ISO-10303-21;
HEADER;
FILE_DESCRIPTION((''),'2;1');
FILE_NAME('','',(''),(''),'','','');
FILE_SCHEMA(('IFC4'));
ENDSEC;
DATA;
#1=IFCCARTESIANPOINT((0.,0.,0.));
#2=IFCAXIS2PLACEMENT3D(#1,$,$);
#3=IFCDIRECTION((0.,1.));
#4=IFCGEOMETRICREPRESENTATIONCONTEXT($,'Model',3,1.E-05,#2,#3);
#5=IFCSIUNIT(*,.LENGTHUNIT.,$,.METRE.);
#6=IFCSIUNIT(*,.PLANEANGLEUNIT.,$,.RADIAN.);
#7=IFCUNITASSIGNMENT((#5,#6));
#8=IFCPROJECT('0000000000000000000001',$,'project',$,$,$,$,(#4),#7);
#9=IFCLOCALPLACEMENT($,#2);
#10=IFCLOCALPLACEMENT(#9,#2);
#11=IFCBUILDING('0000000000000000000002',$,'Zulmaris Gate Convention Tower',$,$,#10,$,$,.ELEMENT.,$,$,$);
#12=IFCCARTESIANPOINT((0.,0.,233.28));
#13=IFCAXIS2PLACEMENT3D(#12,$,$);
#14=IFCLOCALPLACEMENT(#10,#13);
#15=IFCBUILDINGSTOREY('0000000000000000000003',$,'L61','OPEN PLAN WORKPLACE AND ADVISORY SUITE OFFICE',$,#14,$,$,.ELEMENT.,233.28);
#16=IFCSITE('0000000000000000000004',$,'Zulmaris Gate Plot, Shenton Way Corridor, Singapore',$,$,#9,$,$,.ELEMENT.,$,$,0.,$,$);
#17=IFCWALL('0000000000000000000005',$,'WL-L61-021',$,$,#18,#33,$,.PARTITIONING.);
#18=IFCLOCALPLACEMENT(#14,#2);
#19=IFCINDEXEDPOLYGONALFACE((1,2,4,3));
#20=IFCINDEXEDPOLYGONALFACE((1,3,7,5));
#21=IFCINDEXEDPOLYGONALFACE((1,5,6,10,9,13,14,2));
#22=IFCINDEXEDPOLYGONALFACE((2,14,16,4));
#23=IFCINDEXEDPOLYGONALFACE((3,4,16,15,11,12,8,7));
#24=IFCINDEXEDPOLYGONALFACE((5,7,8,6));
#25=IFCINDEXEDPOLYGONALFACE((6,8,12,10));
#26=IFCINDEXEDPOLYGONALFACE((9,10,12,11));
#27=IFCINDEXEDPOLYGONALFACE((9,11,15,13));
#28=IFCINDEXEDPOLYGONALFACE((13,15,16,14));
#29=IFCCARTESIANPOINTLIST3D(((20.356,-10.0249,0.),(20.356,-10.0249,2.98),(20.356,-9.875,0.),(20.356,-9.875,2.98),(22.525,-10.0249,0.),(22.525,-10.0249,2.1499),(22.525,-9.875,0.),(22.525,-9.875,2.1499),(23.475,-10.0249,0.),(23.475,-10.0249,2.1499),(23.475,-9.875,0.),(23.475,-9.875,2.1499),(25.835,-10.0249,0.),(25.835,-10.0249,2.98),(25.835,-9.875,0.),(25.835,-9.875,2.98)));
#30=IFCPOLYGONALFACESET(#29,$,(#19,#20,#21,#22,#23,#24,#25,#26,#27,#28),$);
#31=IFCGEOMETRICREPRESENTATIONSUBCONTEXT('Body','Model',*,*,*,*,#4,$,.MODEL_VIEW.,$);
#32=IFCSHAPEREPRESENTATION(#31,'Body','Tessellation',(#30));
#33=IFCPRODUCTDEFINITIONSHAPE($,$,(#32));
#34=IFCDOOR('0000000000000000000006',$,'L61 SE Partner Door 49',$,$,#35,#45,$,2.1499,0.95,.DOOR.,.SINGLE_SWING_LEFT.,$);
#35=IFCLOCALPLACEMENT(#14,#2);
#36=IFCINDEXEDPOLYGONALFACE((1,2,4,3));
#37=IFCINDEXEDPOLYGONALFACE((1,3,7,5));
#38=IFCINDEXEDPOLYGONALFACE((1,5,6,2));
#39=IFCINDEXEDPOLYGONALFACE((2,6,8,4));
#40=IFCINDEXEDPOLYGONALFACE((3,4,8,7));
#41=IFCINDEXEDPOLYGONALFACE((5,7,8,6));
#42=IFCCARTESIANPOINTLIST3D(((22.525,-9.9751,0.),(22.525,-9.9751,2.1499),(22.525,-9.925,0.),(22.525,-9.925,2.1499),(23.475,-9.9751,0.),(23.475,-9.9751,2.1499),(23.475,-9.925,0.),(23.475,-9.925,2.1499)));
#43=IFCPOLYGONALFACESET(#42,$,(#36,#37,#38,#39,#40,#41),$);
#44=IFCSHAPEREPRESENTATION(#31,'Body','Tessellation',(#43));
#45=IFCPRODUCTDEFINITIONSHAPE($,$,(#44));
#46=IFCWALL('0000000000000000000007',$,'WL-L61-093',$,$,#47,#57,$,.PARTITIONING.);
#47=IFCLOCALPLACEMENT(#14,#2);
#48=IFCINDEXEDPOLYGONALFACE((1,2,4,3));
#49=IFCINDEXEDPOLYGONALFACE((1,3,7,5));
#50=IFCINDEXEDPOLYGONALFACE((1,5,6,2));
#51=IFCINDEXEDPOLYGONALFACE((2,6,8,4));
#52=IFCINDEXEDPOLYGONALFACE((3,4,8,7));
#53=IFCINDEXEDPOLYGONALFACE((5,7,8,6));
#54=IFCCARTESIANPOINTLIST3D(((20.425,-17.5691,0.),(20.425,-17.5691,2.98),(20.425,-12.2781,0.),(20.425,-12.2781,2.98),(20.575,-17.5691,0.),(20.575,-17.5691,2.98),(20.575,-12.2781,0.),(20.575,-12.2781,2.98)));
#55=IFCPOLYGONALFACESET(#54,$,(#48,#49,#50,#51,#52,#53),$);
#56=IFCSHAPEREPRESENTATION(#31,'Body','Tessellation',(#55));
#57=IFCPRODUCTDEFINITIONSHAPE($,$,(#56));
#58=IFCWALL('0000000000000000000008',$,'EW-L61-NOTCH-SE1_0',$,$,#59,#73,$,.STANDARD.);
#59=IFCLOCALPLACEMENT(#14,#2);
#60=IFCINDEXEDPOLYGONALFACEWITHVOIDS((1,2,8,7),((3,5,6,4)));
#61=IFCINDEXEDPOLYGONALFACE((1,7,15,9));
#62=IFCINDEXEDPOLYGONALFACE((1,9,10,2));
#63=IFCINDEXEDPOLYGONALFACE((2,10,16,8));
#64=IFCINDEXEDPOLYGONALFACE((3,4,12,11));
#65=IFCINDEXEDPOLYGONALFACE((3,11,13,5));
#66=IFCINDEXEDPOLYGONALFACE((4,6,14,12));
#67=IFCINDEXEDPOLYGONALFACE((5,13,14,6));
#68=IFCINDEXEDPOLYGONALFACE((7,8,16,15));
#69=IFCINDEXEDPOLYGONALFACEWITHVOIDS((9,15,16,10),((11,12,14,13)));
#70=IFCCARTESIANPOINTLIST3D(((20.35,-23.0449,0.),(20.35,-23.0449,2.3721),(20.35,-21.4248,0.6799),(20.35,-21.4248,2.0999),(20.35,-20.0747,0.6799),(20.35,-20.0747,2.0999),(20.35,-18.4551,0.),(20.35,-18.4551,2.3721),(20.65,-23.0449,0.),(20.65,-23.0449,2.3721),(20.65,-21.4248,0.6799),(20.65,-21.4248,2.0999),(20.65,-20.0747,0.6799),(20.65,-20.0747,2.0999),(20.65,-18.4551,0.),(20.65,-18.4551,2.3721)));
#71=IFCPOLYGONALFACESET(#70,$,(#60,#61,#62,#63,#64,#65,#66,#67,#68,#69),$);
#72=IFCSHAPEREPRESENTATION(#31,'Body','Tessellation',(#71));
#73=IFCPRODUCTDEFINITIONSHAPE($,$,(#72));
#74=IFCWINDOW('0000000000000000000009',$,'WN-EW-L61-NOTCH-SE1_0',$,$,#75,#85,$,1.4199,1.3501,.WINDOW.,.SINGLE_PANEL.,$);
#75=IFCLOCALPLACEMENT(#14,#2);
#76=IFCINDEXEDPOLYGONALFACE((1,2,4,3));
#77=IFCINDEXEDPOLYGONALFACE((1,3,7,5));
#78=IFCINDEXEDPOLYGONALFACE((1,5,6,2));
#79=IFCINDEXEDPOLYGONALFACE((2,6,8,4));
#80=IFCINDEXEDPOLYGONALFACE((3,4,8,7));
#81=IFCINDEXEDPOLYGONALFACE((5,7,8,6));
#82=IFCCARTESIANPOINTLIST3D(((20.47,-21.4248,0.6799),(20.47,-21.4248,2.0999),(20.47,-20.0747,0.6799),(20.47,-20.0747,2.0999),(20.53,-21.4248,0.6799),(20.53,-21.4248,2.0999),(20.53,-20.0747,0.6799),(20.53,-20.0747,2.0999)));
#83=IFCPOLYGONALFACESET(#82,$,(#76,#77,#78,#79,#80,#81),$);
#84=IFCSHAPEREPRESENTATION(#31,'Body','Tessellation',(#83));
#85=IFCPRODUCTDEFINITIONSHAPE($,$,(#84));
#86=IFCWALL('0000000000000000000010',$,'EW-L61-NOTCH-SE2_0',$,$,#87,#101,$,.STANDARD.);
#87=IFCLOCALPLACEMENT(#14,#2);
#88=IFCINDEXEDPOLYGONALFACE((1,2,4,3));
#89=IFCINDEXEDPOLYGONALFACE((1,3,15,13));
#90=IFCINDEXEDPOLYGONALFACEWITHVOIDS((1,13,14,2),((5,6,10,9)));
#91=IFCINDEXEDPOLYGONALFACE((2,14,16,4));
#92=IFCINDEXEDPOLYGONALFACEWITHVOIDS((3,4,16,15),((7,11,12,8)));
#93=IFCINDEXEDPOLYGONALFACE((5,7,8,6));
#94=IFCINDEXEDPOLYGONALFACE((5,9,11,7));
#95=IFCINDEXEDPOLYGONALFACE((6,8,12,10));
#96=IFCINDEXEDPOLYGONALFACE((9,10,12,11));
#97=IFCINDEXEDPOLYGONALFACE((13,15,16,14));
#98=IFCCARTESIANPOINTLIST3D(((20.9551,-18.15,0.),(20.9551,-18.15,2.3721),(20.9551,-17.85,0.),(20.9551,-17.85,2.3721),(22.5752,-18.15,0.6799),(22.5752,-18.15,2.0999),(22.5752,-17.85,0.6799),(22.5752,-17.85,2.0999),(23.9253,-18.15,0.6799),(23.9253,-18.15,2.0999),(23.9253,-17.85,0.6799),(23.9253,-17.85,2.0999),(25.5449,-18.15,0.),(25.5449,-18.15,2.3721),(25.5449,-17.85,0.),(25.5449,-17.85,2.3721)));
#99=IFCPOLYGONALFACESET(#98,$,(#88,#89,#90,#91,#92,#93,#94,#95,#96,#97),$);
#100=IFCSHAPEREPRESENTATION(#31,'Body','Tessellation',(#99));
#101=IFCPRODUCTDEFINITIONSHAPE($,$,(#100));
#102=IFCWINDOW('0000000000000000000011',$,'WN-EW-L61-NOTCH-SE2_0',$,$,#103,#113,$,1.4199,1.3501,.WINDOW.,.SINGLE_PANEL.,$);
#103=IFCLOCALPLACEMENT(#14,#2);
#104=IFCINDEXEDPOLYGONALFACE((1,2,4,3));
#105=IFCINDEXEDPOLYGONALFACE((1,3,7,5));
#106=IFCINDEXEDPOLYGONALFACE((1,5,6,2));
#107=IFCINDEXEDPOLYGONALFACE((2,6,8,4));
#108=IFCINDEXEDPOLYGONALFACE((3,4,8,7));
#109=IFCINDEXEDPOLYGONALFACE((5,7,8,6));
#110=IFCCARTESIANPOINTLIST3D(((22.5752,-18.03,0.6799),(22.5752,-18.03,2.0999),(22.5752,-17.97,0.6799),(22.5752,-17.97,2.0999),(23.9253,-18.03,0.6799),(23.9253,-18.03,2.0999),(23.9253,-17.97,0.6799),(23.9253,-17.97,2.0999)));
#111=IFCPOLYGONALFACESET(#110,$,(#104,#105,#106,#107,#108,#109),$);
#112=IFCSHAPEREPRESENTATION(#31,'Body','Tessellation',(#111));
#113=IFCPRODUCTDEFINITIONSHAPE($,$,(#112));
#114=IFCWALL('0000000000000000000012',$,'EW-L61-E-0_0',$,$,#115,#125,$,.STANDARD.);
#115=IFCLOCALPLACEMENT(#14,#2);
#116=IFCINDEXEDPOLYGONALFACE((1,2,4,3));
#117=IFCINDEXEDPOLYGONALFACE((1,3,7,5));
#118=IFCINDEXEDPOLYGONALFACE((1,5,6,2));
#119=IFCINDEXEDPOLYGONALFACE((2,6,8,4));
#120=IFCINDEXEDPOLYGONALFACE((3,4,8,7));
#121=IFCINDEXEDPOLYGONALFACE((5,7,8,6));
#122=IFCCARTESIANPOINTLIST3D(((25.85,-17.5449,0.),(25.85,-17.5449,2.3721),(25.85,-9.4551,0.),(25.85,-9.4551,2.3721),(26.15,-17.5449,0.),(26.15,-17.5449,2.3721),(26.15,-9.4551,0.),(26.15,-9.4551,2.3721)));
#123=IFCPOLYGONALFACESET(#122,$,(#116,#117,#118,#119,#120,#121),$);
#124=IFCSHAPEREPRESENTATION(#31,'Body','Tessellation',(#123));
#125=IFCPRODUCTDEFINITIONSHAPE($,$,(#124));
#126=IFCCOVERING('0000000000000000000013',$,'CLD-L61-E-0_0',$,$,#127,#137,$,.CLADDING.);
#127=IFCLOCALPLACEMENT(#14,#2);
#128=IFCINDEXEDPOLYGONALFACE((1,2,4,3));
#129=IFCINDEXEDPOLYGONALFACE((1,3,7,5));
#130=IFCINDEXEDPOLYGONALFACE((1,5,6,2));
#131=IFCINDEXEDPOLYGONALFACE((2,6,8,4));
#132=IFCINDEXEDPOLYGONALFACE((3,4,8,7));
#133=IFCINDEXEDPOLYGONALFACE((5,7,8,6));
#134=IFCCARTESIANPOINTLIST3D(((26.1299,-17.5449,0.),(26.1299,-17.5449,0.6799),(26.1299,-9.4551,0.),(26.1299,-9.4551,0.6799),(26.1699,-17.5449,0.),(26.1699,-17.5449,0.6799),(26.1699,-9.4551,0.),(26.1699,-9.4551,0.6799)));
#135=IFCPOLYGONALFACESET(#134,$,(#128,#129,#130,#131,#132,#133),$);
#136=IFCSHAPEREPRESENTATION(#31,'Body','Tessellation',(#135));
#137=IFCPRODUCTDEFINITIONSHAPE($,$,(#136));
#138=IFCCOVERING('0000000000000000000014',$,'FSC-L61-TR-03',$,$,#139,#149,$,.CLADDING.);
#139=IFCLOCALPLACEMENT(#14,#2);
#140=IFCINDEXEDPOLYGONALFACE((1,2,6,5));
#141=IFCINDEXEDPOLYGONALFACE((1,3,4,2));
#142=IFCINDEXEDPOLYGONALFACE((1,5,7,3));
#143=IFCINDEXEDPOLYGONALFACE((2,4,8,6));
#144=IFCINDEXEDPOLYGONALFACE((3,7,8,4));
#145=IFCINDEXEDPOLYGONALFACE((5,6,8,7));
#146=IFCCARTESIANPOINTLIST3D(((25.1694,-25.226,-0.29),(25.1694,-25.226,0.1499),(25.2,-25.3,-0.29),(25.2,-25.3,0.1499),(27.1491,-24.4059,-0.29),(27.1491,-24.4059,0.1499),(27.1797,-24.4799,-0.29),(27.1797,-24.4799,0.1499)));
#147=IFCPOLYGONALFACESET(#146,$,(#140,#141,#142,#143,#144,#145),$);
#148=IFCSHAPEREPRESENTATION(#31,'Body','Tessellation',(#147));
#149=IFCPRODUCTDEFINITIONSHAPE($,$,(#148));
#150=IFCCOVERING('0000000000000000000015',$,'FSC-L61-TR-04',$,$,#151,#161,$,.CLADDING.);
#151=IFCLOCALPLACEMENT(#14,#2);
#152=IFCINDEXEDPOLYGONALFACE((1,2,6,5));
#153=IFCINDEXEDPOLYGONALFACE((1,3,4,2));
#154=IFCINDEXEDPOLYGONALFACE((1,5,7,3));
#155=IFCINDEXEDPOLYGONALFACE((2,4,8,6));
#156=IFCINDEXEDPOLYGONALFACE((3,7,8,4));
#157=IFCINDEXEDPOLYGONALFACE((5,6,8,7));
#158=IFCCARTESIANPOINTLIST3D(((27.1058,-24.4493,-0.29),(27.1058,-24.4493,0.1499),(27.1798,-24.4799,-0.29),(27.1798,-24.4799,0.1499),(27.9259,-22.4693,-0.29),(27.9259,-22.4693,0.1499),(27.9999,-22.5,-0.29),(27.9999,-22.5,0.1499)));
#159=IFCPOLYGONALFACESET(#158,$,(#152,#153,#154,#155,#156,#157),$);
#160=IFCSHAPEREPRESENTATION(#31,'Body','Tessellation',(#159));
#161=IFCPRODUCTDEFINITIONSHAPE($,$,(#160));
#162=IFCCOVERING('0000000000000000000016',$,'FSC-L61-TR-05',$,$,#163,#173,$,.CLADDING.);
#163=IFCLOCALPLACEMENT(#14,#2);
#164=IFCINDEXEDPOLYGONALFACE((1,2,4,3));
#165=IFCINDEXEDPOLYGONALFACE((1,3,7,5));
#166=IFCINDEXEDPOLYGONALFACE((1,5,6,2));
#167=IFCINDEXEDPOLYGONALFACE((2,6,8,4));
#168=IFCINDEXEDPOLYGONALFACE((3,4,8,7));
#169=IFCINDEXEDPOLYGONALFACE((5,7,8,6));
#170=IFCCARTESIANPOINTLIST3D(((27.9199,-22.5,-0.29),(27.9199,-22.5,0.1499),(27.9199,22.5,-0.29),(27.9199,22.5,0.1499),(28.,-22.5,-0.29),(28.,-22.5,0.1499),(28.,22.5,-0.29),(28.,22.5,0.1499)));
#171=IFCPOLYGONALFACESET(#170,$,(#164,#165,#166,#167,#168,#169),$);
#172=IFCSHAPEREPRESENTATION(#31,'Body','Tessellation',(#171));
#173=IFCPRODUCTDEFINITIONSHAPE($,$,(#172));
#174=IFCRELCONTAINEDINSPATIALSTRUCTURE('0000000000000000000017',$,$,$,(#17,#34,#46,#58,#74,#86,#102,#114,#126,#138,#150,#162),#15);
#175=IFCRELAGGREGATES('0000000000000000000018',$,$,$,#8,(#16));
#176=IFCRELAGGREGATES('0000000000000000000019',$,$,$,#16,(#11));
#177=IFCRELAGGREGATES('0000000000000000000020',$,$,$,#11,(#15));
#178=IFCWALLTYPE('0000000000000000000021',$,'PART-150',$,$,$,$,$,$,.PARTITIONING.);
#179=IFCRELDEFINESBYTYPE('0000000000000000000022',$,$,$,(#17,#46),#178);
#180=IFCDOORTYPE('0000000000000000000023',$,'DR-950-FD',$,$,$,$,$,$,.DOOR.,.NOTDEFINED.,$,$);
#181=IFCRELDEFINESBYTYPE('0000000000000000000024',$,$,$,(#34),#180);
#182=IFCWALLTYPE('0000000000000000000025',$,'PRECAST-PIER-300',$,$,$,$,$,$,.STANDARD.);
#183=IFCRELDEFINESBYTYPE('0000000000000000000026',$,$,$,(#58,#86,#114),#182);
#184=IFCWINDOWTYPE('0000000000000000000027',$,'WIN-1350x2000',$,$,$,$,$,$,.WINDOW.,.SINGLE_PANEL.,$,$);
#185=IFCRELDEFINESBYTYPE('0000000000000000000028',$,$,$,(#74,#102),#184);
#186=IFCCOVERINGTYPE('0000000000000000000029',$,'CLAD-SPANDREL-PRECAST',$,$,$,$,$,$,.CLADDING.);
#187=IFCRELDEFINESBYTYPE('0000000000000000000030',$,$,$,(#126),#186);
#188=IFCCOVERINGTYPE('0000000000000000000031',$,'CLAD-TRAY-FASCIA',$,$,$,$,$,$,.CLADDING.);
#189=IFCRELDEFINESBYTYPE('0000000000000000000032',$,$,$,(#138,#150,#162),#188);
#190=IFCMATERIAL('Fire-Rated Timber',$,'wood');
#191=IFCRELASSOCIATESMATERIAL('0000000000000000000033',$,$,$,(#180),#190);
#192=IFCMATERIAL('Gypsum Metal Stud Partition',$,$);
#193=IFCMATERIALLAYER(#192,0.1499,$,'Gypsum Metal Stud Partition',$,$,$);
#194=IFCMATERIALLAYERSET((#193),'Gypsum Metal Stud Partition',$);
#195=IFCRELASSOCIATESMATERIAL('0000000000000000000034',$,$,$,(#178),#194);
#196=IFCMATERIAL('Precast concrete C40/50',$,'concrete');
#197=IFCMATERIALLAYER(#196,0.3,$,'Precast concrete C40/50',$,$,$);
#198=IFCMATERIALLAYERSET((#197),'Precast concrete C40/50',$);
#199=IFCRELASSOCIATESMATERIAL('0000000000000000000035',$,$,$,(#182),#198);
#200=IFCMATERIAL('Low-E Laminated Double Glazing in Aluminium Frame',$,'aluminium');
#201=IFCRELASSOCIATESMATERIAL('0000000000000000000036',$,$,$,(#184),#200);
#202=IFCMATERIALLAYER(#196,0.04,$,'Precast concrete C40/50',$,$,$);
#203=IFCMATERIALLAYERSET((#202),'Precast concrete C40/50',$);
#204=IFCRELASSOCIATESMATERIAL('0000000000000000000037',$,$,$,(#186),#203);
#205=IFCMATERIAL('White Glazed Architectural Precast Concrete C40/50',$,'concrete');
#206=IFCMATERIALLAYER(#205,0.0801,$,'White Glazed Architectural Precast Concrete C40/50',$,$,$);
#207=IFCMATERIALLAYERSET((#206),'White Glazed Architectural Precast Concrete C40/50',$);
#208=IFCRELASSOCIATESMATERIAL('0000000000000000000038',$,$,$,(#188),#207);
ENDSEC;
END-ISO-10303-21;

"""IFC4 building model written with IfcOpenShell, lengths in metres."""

from ifc_helpers import new_model, si_unit, direction, frame, frame_2d, origin, place, context, subcontext, project, spatial, rectangle, extrude, material, layer, layer_set, type_object, element, fill, save


model = new_model("IFC4")

# Units and contexts
model_context = context("Model", 3, precision=1e-05, world=origin(), true_north=direction((0.0, 1.0)))
body_context = subcontext(model_context, "Body", "Model", "MODEL_VIEW")
ifc_project = project(units=[si_unit("LENGTHUNIT", "METRE"), si_unit("PLANEANGLEUNIT", "RADIAN")], contexts=[model_context])

# Site, building, storey
site_placement = place(None, origin())
site = spatial("IfcSite", under=ifc_project, at=site_placement, Name="Zulmaris Gate Plot, Shenton Way Corridor, Singapore", CompositionType="ELEMENT", RefElevation=0.0)
building_placement = place(site_placement, origin())
building = spatial("IfcBuilding", under=site, at=building_placement, Name="Zulmaris Gate Convention Tower", CompositionType="ELEMENT")
storey_placement = place(building_placement, frame((0.0, 0.0, 233.28)))
storey = spatial("IfcBuildingStorey", under=building, at=storey_placement, Name="L61", Description="OPEN PLAN WORKPLACE AND ADVISORY SUITE OFFICE", CompositionType="ELEMENT", Elevation=233.28)

# Shared definitions
ifc_material_1 = material(Name="Fire-Rated Timber", Category="wood")
door_type_1 = type_object("IfcDoorType", Name="DR-950-FD", OperationType="NOTDEFINED", PredefinedType="DOOR", material=ifc_material_1)

# Wall, opening, door
ifc_material_2 = material(Name="Gypsum Metal Stud Partition")
ifc_layer_1 = layer(ifc_material_2, 0.1499, Name="Gypsum Metal Stud Partition")
ifc_layer_set_1 = layer_set([ifc_layer_1], Name="Gypsum Metal Stud Partition")
wall_type_1 = type_object("IfcWallType", Name="PART-150", PredefinedType="PARTITIONING", material=ifc_layer_set_1)
wall_1_placement = place(storey_placement, frame((20.356, -9.95, 0.0), z_axis=(0.0, 0.0, 1.0), x_axis=(1.0, 0.0, 0.0)))
wall_1 = element("IfcWall", 1, at=wall_1_placement, inside=storey, type_object=wall_type_1, Name="WL-L61-021", PredefinedType="PARTITIONING", context=body_context, shape_type="SweptSolid", body=[
    extrude(rectangle(XDim=5.479, YDim=0.1499, at=frame_2d((2.7395, 0.0))), origin(), (0.0, 0.0, 1.0), 2.98),
])
opening_1_placement = place(wall_1_placement, frame((2.1689, 0.0, 0.0)))
opening_1 = element("IfcOpeningElement", 2, at=opening_1_placement, cuts=wall_1, PredefinedType="OPENING", context=body_context, shape_type="SweptSolid", body=[
    extrude(rectangle(XDim=0.95, YDim=2.1499, at=frame_2d((0.4751, 1.075))), frame((0.0, 0.085, 0.0), z_axis=(0.0, -1.0, 0.0), x_axis=(1.0, 0.0, 0.0)), (0.0, 0.0, 1.0), 0.1699),
])
door_1_placement = place(opening_1_placement, origin())
door_1 = element("IfcDoor", 3, at=door_1_placement, inside=storey, type_object=door_type_1, Name="L61 SE Partner Door 49", OperationType="SINGLE_SWING_LEFT", OverallHeight=2.1499, OverallWidth=0.95, PredefinedType="DOOR", context=body_context, shape_type="SweptSolid", body=[
    extrude(rectangle(XDim=0.95, YDim=2.1499, at=frame_2d((0.4751, 1.075))), frame((0.0, 0.0249, 0.0), z_axis=(0.0, -1.0, 0.0), x_axis=(1.0, 0.0, 0.0)), (0.0, 0.0, 1.0), 0.05),
])
fill(opening_1, door_1)

# Wall
wall_2_placement = place(storey_placement, frame((20.5, -17.5691, 0.0), z_axis=(0.0, 0.0, 1.0), x_axis=(0.0, 1.0, 0.0)))
element("IfcWall", 4, at=wall_2_placement, inside=storey, type_object=wall_type_1, Name="WL-L61-093", PredefinedType="PARTITIONING", context=body_context, shape_type="SweptSolid", body=[
    extrude(rectangle(XDim=5.291, YDim=0.1499, at=frame_2d((2.6455, 0.0))), origin(), (0.0, 0.0, 1.0), 2.98),
])

# Walls, openings, windows
ifc_material_3 = material(Name="Precast concrete C40/50", Category="concrete")
ifc_layer_2 = layer(ifc_material_3, 0.3, Name="Precast concrete C40/50")
ifc_layer_set_2 = layer_set([ifc_layer_2], Name="Precast concrete C40/50")
wall_type_2 = type_object("IfcWallType", Name="PRECAST-PIER-300", PredefinedType="STANDARD", material=ifc_layer_set_2)
wall_3_placement = place(storey_placement, frame((20.5, -23.0449, 0.0), z_axis=(0.0, 0.0, 1.0), x_axis=(0.0, 1.0, 0.0)))
wall_3 = element("IfcWall", 5, at=wall_3_placement, inside=storey, type_object=wall_type_2, Name="EW-L61-NOTCH-SE1_0", PredefinedType="STANDARD", context=body_context, shape_type="SweptSolid", body=[
    extrude(rectangle(XDim=4.5898, YDim=0.3, at=frame_2d((2.2949, 0.0))), origin(), (0.0, 0.0, 1.0), 2.3721),
])
opening_2_placement = place(wall_3_placement, frame((1.6201, 0.0, 0.6799)))
opening_2 = element("IfcOpeningElement", 6, at=opening_2_placement, cuts=wall_3, PredefinedType="OPENING", context=body_context, shape_type="SweptSolid", body=[
    extrude(rectangle(XDim=1.3501, YDim=1.4199, at=frame_2d((0.675, 0.71))), frame((0.0, 0.1602, 0.0), z_axis=(0.0, -1.0, 0.0), x_axis=(1.0, 0.0, 0.0)), (0.0, 0.0, 1.0), 0.3201),
])
ifc_material_4 = material(Name="Low-E Laminated Double Glazing in Aluminium Frame", Category="aluminium")
window_type = type_object("IfcWindowType", Name="WIN-1350x2000", PartitioningType="SINGLE_PANEL", PredefinedType="WINDOW", material=ifc_material_4)
window_1_placement = place(opening_2_placement, origin())
window_1 = element("IfcWindow", 7, at=window_1_placement, inside=storey, type_object=window_type, Name="WN-EW-L61-NOTCH-SE1_0", OverallHeight=1.4199, OverallWidth=1.3501, PartitioningType="SINGLE_PANEL", PredefinedType="WINDOW", context=body_context, shape_type="SweptSolid", body=[
    extrude(rectangle(XDim=1.3501, YDim=1.4199, at=frame_2d((0.675, 0.71))), frame((0.0, 0.03, 0.0), z_axis=(0.0, -1.0, 0.0), x_axis=(1.0, 0.0, 0.0)), (0.0, 0.0, 1.0), 0.0601),
])
fill(opening_2, window_1)
wall_4_placement = place(storey_placement, frame((20.9551, -18.0, 0.0), z_axis=(0.0, 0.0, 1.0), x_axis=(1.0, 0.0, 0.0)))
wall_4 = element("IfcWall", 8, at=wall_4_placement, inside=storey, type_object=wall_type_2, Name="EW-L61-NOTCH-SE2_0", PredefinedType="STANDARD", context=body_context, shape_type="SweptSolid", body=[
    extrude(rectangle(XDim=4.5898, YDim=0.3, at=frame_2d((2.2949, 0.0))), origin(), (0.0, 0.0, 1.0), 2.3721),
])
opening_3_placement = place(wall_4_placement, frame((1.6201, 0.0, 0.6799)))
opening_3 = element("IfcOpeningElement", 9, at=opening_3_placement, cuts=wall_4, PredefinedType="OPENING", context=body_context, shape_type="SweptSolid", body=[
    extrude(rectangle(XDim=1.3501, YDim=1.4199, at=frame_2d((0.675, 0.71))), frame((0.0, 0.1602, 0.0), z_axis=(0.0, -1.0, 0.0), x_axis=(1.0, 0.0, 0.0)), (0.0, 0.0, 1.0), 0.3201),
])
window_2_placement = place(opening_3_placement, origin())
window_2 = element("IfcWindow", 10, at=window_2_placement, inside=storey, type_object=window_type, Name="WN-EW-L61-NOTCH-SE2_0", OverallHeight=1.4199, OverallWidth=1.3501, PartitioningType="SINGLE_PANEL", PredefinedType="WINDOW", context=body_context, shape_type="SweptSolid", body=[
    extrude(rectangle(XDim=1.3501, YDim=1.4199, at=frame_2d((0.675, 0.71))), frame((0.0, 0.03, 0.0), z_axis=(0.0, -1.0, 0.0), x_axis=(1.0, 0.0, 0.0)), (0.0, 0.0, 1.0), 0.0601),
])
fill(opening_3, window_2)

# Wall
wall_5_placement = place(storey_placement, frame((26.0, -17.5449, 0.0), z_axis=(0.0, 0.0, 1.0), x_axis=(0.0, 1.0, 0.0)))
element("IfcWall", 11, at=wall_5_placement, inside=storey, type_object=wall_type_2, Name="EW-L61-E-0_0", PredefinedType="STANDARD", context=body_context, shape_type="SweptSolid", body=[
    extrude(rectangle(XDim=8.0898, YDim=0.3, at=frame_2d((4.0449, 0.0))), origin(), (0.0, 0.0, 1.0), 2.3721),
])

# Coverings
ifc_layer_3 = layer(ifc_material_3, 0.04, Name="Precast concrete C40/50")
ifc_layer_set_3 = layer_set([ifc_layer_3], Name="Precast concrete C40/50")
covering_type_1 = type_object("IfcCoveringType", Name="CLAD-SPANDREL-PRECAST", PredefinedType="CLADDING", material=ifc_layer_set_3)
covering_1_placement = place(storey_placement, frame((26.1499, -17.5449, 0.0), z_axis=(0.0, 0.0, 1.0), x_axis=(0.0, 1.0, 0.0)))
element("IfcCovering", 12, at=covering_1_placement, inside=storey, type_object=covering_type_1, Name="CLD-L61-E-0_0", PredefinedType="CLADDING", context=body_context, shape_type="SweptSolid", body=[
    extrude(rectangle(XDim=8.0898, YDim=0.04, at=frame_2d((4.0449, 0.0))), origin(), (0.0, 0.0, 1.0), 0.6799),
])
ifc_material_5 = material(Name="White Glazed Architectural Precast Concrete C40/50", Category="concrete")
ifc_layer_4 = layer(ifc_material_5, 0.0801, Name="White Glazed Architectural Precast Concrete C40/50")
ifc_layer_set_4 = layer_set([ifc_layer_4], Name="White Glazed Architectural Precast Concrete C40/50")
covering_type_2 = type_object("IfcCoveringType", Name="CLAD-TRAY-FASCIA", PredefinedType="CLADDING", material=ifc_layer_set_4)
covering_2_placement = place(storey_placement, frame((25.1848, -25.2629, -0.29), z_axis=(0.0, 0.0, 1.0), x_axis=(0.923874, 0.382697, 0.0)))
element("IfcCovering", 13, at=covering_2_placement, inside=storey, type_object=covering_type_2, Name="FSC-L61-TR-03", PredefinedType="CLADDING", context=body_context, shape_type="SweptSolid", body=[
    extrude(rectangle(XDim=2.1428, YDim=0.0801, at=frame_2d((1.0713, 0.0))), origin(), (0.0, 0.0, 1.0), 0.4399),
])
covering_3_placement = place(storey_placement, frame((27.1428, -24.4646, -0.29), z_axis=(0.0, 0.0, 1.0), x_axis=(0.382657, 0.92389, 0.0)))
element("IfcCovering", 14, at=covering_3_placement, inside=storey, type_object=covering_type_2, Name="FSC-L61-TR-04", PredefinedType="CLADDING", context=body_context, shape_type="SweptSolid", body=[
    extrude(rectangle(XDim=2.1431, YDim=0.0801, at=frame_2d((1.0715, 0.0))), origin(), (0.0, 0.0, 1.0), 0.4399),
])
covering_4_placement = place(storey_placement, frame((27.96, -22.5, -0.29), z_axis=(0.0, 0.0, 1.0), x_axis=(0.0, 1.0, 0.0)))
element("IfcCovering", 15, at=covering_4_placement, inside=storey, type_object=covering_type_2, Name="FSC-L61-TR-05", PredefinedType="CLADDING", context=body_context, shape_type="SweptSolid", body=[
    extrude(rectangle(XDim=45.0, YDim=0.0801, at=frame_2d((22.5, 0.0))), origin(), (0.0, 0.0, 1.0), 0.4399),
])

save(model, "model.ifc")
